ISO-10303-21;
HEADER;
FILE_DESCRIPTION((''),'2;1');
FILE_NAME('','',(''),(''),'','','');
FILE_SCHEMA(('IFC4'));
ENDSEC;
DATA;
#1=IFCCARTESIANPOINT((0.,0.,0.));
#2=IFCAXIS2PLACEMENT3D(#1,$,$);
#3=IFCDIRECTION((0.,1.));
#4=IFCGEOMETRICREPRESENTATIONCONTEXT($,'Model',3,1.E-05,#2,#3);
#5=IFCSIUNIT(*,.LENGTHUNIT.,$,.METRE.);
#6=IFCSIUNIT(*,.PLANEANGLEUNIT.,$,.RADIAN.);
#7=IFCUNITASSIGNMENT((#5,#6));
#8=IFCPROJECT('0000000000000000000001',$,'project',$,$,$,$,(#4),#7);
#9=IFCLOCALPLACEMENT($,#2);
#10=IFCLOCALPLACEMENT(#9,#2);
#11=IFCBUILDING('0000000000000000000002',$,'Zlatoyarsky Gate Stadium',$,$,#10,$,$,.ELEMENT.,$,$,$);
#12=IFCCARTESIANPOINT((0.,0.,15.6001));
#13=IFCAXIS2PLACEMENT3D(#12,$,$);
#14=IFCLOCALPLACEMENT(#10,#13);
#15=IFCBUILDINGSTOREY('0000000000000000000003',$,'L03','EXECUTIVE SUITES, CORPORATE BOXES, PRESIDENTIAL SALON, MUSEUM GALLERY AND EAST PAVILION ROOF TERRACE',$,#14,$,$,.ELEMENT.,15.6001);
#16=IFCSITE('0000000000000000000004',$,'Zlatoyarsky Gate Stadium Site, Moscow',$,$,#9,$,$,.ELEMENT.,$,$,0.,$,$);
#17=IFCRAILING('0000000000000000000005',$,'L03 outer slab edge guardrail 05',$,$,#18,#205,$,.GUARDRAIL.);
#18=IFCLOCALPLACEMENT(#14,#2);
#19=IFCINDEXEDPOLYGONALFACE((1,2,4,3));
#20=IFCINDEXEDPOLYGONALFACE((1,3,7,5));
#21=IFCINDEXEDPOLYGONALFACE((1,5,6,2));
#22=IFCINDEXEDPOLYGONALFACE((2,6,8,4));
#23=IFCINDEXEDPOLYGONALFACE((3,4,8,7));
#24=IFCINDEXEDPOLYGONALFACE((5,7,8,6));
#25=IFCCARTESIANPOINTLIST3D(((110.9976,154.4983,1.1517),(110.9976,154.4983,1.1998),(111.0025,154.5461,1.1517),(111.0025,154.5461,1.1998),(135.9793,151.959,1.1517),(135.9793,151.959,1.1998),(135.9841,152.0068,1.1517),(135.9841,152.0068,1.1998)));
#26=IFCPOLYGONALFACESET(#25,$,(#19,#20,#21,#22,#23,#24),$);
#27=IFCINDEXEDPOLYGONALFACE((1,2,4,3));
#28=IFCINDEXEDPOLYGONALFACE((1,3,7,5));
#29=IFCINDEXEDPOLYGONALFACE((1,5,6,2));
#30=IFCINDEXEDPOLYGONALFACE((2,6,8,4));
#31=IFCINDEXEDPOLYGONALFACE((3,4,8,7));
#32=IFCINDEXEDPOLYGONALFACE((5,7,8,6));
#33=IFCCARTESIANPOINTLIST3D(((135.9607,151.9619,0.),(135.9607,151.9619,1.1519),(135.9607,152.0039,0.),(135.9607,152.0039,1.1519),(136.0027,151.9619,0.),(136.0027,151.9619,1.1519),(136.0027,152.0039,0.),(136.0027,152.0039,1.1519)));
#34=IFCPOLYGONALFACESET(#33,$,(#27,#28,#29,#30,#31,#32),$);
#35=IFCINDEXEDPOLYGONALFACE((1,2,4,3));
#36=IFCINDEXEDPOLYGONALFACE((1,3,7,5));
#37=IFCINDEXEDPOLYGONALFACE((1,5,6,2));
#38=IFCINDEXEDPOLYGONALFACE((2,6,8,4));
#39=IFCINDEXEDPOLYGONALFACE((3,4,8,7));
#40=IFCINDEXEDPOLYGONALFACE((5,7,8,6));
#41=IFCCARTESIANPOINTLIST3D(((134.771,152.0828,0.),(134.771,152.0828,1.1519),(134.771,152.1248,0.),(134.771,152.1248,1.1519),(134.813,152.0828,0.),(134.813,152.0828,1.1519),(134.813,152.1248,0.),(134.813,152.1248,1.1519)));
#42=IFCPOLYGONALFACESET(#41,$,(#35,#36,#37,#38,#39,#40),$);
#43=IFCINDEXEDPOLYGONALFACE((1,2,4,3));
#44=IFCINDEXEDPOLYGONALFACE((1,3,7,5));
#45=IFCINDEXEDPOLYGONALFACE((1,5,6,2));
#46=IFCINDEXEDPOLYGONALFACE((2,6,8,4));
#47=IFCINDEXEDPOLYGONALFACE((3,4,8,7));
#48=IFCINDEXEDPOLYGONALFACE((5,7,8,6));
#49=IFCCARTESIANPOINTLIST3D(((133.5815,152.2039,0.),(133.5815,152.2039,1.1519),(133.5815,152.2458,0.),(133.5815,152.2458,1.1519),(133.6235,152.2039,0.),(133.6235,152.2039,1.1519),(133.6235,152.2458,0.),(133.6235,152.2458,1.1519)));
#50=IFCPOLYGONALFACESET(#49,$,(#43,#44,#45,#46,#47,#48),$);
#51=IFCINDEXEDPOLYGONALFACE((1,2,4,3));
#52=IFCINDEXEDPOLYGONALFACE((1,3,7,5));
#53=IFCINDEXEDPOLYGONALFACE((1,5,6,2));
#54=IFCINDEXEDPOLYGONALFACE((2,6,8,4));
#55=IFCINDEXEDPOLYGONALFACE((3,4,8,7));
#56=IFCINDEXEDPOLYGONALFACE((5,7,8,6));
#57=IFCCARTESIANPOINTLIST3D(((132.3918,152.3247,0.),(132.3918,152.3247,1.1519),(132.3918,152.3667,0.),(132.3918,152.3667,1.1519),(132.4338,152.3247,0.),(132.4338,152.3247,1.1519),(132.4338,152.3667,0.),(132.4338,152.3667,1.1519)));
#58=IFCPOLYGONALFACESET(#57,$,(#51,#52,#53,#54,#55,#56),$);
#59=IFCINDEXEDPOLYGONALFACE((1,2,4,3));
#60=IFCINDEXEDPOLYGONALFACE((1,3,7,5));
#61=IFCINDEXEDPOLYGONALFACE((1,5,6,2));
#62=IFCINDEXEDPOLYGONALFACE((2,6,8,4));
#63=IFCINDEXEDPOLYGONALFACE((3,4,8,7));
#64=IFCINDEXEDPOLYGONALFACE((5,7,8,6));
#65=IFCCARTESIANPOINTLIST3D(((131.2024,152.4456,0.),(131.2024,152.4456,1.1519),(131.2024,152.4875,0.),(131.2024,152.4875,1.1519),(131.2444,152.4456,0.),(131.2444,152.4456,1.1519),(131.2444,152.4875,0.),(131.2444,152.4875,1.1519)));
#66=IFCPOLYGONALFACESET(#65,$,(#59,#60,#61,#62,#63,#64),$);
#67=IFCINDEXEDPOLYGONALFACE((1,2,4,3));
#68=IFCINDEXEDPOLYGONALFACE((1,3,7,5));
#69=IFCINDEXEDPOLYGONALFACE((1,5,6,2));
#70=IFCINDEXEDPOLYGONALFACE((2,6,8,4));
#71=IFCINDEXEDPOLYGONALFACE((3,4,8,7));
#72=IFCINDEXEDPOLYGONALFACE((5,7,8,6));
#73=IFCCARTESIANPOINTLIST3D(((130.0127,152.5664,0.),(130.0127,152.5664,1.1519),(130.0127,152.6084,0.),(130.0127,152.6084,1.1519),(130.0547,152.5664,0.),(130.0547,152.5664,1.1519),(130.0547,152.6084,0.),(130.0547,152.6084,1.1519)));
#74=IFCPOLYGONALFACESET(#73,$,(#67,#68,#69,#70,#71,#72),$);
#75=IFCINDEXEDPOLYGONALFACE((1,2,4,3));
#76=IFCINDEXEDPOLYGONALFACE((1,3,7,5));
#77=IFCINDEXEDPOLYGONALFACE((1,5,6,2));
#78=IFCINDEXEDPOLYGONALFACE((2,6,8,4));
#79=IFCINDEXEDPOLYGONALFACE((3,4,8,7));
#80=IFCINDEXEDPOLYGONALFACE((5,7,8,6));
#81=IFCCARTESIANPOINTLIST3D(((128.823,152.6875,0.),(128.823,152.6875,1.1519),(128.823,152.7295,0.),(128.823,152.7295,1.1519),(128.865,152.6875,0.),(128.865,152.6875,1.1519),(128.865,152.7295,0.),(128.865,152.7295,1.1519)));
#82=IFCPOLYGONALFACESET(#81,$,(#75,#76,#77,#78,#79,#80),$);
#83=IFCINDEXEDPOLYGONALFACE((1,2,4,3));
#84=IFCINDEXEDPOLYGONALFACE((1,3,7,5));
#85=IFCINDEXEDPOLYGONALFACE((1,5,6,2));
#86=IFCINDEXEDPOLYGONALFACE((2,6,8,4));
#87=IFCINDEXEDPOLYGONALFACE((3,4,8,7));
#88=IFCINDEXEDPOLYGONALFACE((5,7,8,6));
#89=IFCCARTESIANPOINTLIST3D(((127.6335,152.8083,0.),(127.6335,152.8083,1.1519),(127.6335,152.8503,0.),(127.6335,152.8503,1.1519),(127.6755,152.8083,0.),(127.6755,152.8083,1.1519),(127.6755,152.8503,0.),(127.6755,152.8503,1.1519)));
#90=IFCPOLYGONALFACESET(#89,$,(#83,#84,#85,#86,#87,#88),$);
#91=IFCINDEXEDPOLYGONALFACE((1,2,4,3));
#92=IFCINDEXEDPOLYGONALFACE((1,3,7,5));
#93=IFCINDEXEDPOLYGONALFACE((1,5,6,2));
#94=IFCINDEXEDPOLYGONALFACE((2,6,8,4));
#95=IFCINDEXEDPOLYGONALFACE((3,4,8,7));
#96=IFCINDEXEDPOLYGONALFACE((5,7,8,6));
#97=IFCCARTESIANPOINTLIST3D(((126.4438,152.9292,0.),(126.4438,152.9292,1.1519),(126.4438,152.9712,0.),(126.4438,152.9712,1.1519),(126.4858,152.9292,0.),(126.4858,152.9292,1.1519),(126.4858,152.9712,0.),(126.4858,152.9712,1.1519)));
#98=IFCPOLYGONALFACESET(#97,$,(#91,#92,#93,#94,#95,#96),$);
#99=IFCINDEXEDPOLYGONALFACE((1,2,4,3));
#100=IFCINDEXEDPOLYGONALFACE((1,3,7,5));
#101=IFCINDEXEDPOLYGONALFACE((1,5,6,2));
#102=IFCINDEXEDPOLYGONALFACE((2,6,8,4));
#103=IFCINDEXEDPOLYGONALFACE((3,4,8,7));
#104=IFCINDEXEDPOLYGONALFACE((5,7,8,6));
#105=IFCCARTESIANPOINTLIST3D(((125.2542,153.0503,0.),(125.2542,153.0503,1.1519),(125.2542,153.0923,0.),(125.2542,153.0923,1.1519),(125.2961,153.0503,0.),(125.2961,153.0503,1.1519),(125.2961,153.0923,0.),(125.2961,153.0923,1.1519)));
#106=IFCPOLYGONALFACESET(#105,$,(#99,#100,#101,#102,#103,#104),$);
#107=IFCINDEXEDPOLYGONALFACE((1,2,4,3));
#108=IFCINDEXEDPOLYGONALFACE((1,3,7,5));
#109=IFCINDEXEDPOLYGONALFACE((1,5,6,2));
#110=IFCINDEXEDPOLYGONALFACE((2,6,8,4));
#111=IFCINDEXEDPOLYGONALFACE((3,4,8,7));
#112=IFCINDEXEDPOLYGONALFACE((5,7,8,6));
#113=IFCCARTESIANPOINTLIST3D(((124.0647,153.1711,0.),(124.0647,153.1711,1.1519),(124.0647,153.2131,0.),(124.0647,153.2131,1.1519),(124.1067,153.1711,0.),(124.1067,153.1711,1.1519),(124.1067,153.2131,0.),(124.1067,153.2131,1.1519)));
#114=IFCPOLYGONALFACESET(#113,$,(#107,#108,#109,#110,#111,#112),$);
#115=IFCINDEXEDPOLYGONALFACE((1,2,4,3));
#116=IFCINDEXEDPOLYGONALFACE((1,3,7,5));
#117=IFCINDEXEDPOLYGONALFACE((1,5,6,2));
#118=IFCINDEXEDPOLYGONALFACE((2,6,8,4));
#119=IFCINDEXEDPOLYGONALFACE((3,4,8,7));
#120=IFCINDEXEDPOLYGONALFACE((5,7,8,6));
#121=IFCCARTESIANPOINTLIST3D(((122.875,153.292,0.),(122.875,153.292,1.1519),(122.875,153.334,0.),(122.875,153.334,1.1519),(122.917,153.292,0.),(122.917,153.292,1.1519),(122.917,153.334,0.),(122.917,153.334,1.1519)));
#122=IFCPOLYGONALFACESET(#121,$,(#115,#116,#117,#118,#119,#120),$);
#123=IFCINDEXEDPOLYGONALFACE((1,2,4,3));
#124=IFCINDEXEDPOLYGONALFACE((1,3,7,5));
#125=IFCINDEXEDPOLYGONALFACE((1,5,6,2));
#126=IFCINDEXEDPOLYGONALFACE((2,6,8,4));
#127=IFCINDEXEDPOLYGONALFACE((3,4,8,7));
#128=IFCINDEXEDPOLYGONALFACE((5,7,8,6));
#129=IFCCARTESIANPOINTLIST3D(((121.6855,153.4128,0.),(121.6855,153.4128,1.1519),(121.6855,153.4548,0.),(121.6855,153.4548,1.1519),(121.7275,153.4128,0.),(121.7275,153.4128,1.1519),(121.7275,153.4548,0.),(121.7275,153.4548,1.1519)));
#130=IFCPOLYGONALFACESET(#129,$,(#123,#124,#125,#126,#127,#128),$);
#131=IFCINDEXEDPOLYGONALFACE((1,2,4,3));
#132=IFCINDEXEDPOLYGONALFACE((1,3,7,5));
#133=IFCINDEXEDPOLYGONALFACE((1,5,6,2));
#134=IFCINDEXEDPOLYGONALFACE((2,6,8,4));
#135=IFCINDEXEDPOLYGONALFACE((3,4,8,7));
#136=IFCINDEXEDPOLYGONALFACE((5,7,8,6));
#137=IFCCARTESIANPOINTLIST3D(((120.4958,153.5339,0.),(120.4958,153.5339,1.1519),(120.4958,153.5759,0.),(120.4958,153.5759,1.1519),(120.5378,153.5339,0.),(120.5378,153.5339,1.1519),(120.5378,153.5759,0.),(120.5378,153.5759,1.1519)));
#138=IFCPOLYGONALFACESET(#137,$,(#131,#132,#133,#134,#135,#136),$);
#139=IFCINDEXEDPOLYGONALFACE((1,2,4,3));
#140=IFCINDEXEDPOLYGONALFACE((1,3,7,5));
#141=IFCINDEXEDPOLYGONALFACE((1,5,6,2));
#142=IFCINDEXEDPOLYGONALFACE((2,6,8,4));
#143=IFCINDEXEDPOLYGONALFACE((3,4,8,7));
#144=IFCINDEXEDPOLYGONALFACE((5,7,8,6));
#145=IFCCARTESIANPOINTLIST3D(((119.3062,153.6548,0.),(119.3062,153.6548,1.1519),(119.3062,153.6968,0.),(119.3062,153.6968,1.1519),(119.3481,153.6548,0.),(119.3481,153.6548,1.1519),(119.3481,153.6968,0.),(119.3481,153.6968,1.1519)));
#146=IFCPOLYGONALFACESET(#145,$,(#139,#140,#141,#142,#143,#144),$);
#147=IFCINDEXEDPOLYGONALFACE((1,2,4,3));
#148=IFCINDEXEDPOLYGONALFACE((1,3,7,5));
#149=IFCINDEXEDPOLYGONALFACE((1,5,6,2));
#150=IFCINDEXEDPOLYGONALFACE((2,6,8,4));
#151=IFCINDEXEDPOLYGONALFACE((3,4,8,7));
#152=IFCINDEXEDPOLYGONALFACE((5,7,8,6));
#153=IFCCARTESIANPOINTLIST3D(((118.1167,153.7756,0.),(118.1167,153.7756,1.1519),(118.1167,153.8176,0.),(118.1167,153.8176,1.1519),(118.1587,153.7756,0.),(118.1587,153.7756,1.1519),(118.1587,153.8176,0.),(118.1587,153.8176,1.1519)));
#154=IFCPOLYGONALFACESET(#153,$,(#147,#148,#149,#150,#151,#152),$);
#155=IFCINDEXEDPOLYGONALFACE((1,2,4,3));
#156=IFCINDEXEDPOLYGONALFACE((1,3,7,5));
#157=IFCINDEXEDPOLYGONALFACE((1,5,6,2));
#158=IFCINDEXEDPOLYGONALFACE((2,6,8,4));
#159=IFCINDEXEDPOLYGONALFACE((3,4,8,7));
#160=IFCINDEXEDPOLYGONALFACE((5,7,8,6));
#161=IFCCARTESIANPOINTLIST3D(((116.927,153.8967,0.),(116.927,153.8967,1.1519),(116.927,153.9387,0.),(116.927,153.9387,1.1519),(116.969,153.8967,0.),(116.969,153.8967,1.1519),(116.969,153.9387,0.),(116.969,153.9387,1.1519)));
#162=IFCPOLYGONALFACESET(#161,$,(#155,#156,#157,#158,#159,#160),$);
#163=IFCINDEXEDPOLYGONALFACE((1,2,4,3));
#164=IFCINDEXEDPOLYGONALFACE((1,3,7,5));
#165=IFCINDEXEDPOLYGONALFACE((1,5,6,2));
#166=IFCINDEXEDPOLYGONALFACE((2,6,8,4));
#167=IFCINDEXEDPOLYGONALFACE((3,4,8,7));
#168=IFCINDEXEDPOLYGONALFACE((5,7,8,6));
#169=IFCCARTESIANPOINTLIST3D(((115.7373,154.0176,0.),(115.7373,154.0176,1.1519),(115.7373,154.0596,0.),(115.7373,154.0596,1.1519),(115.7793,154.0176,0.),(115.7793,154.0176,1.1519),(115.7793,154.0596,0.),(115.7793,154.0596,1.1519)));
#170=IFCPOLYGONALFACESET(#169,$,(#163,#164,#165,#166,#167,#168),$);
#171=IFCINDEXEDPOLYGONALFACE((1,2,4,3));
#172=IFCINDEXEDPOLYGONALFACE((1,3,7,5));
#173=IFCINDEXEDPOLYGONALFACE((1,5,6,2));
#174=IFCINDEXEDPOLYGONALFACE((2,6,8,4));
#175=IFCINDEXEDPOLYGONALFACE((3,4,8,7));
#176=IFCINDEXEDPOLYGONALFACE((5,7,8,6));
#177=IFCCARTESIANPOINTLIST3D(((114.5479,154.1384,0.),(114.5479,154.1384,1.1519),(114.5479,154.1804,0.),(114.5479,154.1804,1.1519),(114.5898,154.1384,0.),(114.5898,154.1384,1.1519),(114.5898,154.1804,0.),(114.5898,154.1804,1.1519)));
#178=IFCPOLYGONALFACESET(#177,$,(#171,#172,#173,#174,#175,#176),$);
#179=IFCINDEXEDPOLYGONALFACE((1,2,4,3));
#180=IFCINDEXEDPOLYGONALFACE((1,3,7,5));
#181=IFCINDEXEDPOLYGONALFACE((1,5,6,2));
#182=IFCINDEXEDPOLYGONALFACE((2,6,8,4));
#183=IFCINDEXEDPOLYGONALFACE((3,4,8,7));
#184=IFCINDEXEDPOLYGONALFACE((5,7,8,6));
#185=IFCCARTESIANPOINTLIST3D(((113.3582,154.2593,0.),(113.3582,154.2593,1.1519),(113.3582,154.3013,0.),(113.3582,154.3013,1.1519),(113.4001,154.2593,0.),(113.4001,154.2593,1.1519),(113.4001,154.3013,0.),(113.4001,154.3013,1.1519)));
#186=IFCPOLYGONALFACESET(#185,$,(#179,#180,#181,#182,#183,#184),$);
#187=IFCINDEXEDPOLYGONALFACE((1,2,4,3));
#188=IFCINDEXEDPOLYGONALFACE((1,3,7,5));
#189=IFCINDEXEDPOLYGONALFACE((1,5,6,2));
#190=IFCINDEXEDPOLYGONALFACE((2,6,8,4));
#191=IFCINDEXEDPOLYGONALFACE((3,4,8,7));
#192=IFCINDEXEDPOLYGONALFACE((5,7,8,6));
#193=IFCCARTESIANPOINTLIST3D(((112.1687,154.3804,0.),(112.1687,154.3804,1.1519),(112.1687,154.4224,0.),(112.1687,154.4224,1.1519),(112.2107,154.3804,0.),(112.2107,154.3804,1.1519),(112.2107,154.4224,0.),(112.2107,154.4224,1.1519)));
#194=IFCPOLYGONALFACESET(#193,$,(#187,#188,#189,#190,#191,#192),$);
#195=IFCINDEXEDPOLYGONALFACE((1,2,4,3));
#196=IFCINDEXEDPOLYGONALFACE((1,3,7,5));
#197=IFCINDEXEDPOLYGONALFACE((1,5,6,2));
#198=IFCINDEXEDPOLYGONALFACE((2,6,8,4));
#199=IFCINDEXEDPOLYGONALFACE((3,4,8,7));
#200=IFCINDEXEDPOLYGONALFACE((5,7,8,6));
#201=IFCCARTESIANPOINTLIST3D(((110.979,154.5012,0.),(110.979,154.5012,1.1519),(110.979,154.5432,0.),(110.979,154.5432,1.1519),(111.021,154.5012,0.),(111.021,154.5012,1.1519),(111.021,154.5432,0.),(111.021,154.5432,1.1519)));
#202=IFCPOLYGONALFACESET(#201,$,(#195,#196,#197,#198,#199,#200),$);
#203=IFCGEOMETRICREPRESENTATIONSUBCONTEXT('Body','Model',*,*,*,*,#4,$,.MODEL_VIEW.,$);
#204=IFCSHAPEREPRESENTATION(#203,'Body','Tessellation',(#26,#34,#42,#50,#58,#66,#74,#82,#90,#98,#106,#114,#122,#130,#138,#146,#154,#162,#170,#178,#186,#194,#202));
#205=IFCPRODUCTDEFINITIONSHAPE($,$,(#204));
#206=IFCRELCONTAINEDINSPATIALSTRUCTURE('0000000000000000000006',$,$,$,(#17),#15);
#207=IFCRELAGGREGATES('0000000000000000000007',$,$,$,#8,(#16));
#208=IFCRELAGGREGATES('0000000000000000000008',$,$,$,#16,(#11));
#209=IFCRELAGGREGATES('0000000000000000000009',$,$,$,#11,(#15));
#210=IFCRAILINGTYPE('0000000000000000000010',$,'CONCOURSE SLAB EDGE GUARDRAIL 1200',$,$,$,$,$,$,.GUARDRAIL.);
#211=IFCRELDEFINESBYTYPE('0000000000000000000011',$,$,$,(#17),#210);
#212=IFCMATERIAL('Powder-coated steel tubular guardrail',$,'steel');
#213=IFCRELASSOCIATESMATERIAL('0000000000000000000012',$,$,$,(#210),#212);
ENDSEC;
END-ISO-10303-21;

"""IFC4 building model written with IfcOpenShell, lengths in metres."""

from ifc_helpers import new_model, si_unit, direction, frame, origin, origin_2d, place, context, subcontext, project, spatial, rectangle, extrude, material, type_object, element, save


model = new_model("IFC4")

# Units and contexts
model_context = context("Model", 3, precision=1e-05, world=origin(), true_north=direction((0.0, 1.0)))
body_context = subcontext(model_context, "Body", "Model", "MODEL_VIEW")
ifc_project = project(units=[si_unit("LENGTHUNIT", "METRE"), si_unit("PLANEANGLEUNIT", "RADIAN")], contexts=[model_context])

# Site, building, storey
site_placement = place(None, origin())
site = spatial("IfcSite", under=ifc_project, at=site_placement, Name="Zlatoyarsky Gate Stadium Site, Moscow", CompositionType="ELEMENT", RefElevation=0.0)
building_placement = place(site_placement, origin())
building = spatial("IfcBuilding", under=site, at=building_placement, Name="Zlatoyarsky Gate Stadium", CompositionType="ELEMENT")
storey_placement = place(building_placement, frame((0.0, 0.0, 15.6001)))
storey = spatial("IfcBuildingStorey", under=building, at=storey_placement, Name="L03", Description="EXECUTIVE SUITES, CORPORATE BOXES, PRESIDENTIAL SALON, MUSEUM GALLERY AND EAST PAVILION ROOF TERRACE", CompositionType="ELEMENT", Elevation=15.6001)

# Railing
ifc_material_1 = material(Name="Powder-coated steel tubular guardrail", Category="steel")
railing_type = type_object("IfcRailingType", Name="CONCOURSE SLAB EDGE GUARDRAIL 1200", PredefinedType="GUARDRAIL", material=ifc_material_1)
railing_placement = place(storey_placement, frame((135.9817, 151.9829, 0.0)))
element("IfcRailing", 1, at=railing_placement, inside=storey, type_object=railing_type, Name="L03 outer slab edge guardrail 05", PredefinedType="GUARDRAIL", context=body_context, shape_type="SweptSolid", body=[
    extrude(rectangle(XDim=0.0481, YDim=0.0481, at=origin_2d()), frame((0.0, 0.0, 1.1758), z_axis=(-0.994874, 0.101126, 0.0), x_axis=(-0.101126, -0.994874, 0.0)), (0.0, 0.0, 1.0), 25.1104),
    extrude(rectangle(XDim=0.042, YDim=0.042, at=origin_2d()), origin(), (0.0, 0.0, 1.0), 1.1519),
    extrude(rectangle(XDim=0.042, YDim=0.042, at=origin_2d()), frame((-1.1897, 0.1208, 0.0)), (0.0, 0.0, 1.0), 1.1519),
    extrude(rectangle(XDim=0.042, YDim=0.042, at=origin_2d()), frame((-2.3792, 0.2419, 0.0)), (0.0, 0.0, 1.0), 1.1519),
    extrude(rectangle(XDim=0.042, YDim=0.042, at=origin_2d()), frame((-3.5688, 0.3628, 0.0)), (0.0, 0.0, 1.0), 1.1519),
    extrude(rectangle(XDim=0.042, YDim=0.042, at=origin_2d()), frame((-4.7583, 0.4836, 0.0)), (0.0, 0.0, 1.0), 1.1519),
    extrude(rectangle(XDim=0.042, YDim=0.042, at=origin_2d()), frame((-5.948, 0.6045, 0.0)), (0.0, 0.0, 1.0), 1.1519),
    extrude(rectangle(XDim=0.042, YDim=0.042, at=origin_2d()), frame((-7.1377, 0.7256, 0.0)), (0.0, 0.0, 1.0), 1.1519),
    extrude(rectangle(XDim=0.042, YDim=0.042, at=origin_2d()), frame((-8.3271, 0.8464, 0.0)), (0.0, 0.0, 1.0), 1.1519),
    extrude(rectangle(XDim=0.042, YDim=0.042, at=origin_2d()), frame((-9.5168, 0.9673, 0.0)), (0.0, 0.0, 1.0), 1.1519),
    extrude(rectangle(XDim=0.042, YDim=0.042, at=origin_2d()), frame((-10.7065, 1.0884, 0.0)), (0.0, 0.0, 1.0), 1.1519),
    extrude(rectangle(XDim=0.042, YDim=0.042, at=origin_2d()), frame((-11.896, 1.2092, 0.0)), (0.0, 0.0, 1.0), 1.1519),
    extrude(rectangle(XDim=0.042, YDim=0.042, at=origin_2d()), frame((-13.0857, 1.3301, 0.0)), (0.0, 0.0, 1.0), 1.1519),
    extrude(rectangle(XDim=0.042, YDim=0.042, at=origin_2d()), frame((-14.2751, 1.4509, 0.0)), (0.0, 0.0, 1.0), 1.1519),
    extrude(rectangle(XDim=0.042, YDim=0.042, at=origin_2d()), frame((-15.4648, 1.572, 0.0)), (0.0, 0.0, 1.0), 1.1519),
    extrude(rectangle(XDim=0.042, YDim=0.042, at=origin_2d()), frame((-16.6545, 1.6929, 0.0)), (0.0, 0.0, 1.0), 1.1519),
    extrude(rectangle(XDim=0.042, YDim=0.042, at=origin_2d()), frame((-17.844, 1.8137, 0.0)), (0.0, 0.0, 1.0), 1.1519),
    extrude(rectangle(XDim=0.042, YDim=0.042, at=origin_2d()), frame((-19.0337, 1.9348, 0.0)), (0.0, 0.0, 1.0), 1.1519),
    extrude(rectangle(XDim=0.042, YDim=0.042, at=origin_2d()), frame((-20.2234, 2.0557, 0.0)), (0.0, 0.0, 1.0), 1.1519),
    extrude(rectangle(XDim=0.042, YDim=0.042, at=origin_2d()), frame((-21.4128, 2.1765, 0.0)), (0.0, 0.0, 1.0), 1.1519),
    extrude(rectangle(XDim=0.042, YDim=0.042, at=origin_2d()), frame((-22.6025, 2.2974, 0.0)), (0.0, 0.0, 1.0), 1.1519),
    extrude(rectangle(XDim=0.042, YDim=0.042, at=origin_2d()), frame((-23.792, 2.4185, 0.0)), (0.0, 0.0, 1.0), 1.1519),
    extrude(rectangle(XDim=0.042, YDim=0.042, at=origin_2d()), frame((-24.9817, 2.5393, 0.0)), (0.0, 0.0, 1.0), 1.1519),
])

save(model, "model.ifc")
